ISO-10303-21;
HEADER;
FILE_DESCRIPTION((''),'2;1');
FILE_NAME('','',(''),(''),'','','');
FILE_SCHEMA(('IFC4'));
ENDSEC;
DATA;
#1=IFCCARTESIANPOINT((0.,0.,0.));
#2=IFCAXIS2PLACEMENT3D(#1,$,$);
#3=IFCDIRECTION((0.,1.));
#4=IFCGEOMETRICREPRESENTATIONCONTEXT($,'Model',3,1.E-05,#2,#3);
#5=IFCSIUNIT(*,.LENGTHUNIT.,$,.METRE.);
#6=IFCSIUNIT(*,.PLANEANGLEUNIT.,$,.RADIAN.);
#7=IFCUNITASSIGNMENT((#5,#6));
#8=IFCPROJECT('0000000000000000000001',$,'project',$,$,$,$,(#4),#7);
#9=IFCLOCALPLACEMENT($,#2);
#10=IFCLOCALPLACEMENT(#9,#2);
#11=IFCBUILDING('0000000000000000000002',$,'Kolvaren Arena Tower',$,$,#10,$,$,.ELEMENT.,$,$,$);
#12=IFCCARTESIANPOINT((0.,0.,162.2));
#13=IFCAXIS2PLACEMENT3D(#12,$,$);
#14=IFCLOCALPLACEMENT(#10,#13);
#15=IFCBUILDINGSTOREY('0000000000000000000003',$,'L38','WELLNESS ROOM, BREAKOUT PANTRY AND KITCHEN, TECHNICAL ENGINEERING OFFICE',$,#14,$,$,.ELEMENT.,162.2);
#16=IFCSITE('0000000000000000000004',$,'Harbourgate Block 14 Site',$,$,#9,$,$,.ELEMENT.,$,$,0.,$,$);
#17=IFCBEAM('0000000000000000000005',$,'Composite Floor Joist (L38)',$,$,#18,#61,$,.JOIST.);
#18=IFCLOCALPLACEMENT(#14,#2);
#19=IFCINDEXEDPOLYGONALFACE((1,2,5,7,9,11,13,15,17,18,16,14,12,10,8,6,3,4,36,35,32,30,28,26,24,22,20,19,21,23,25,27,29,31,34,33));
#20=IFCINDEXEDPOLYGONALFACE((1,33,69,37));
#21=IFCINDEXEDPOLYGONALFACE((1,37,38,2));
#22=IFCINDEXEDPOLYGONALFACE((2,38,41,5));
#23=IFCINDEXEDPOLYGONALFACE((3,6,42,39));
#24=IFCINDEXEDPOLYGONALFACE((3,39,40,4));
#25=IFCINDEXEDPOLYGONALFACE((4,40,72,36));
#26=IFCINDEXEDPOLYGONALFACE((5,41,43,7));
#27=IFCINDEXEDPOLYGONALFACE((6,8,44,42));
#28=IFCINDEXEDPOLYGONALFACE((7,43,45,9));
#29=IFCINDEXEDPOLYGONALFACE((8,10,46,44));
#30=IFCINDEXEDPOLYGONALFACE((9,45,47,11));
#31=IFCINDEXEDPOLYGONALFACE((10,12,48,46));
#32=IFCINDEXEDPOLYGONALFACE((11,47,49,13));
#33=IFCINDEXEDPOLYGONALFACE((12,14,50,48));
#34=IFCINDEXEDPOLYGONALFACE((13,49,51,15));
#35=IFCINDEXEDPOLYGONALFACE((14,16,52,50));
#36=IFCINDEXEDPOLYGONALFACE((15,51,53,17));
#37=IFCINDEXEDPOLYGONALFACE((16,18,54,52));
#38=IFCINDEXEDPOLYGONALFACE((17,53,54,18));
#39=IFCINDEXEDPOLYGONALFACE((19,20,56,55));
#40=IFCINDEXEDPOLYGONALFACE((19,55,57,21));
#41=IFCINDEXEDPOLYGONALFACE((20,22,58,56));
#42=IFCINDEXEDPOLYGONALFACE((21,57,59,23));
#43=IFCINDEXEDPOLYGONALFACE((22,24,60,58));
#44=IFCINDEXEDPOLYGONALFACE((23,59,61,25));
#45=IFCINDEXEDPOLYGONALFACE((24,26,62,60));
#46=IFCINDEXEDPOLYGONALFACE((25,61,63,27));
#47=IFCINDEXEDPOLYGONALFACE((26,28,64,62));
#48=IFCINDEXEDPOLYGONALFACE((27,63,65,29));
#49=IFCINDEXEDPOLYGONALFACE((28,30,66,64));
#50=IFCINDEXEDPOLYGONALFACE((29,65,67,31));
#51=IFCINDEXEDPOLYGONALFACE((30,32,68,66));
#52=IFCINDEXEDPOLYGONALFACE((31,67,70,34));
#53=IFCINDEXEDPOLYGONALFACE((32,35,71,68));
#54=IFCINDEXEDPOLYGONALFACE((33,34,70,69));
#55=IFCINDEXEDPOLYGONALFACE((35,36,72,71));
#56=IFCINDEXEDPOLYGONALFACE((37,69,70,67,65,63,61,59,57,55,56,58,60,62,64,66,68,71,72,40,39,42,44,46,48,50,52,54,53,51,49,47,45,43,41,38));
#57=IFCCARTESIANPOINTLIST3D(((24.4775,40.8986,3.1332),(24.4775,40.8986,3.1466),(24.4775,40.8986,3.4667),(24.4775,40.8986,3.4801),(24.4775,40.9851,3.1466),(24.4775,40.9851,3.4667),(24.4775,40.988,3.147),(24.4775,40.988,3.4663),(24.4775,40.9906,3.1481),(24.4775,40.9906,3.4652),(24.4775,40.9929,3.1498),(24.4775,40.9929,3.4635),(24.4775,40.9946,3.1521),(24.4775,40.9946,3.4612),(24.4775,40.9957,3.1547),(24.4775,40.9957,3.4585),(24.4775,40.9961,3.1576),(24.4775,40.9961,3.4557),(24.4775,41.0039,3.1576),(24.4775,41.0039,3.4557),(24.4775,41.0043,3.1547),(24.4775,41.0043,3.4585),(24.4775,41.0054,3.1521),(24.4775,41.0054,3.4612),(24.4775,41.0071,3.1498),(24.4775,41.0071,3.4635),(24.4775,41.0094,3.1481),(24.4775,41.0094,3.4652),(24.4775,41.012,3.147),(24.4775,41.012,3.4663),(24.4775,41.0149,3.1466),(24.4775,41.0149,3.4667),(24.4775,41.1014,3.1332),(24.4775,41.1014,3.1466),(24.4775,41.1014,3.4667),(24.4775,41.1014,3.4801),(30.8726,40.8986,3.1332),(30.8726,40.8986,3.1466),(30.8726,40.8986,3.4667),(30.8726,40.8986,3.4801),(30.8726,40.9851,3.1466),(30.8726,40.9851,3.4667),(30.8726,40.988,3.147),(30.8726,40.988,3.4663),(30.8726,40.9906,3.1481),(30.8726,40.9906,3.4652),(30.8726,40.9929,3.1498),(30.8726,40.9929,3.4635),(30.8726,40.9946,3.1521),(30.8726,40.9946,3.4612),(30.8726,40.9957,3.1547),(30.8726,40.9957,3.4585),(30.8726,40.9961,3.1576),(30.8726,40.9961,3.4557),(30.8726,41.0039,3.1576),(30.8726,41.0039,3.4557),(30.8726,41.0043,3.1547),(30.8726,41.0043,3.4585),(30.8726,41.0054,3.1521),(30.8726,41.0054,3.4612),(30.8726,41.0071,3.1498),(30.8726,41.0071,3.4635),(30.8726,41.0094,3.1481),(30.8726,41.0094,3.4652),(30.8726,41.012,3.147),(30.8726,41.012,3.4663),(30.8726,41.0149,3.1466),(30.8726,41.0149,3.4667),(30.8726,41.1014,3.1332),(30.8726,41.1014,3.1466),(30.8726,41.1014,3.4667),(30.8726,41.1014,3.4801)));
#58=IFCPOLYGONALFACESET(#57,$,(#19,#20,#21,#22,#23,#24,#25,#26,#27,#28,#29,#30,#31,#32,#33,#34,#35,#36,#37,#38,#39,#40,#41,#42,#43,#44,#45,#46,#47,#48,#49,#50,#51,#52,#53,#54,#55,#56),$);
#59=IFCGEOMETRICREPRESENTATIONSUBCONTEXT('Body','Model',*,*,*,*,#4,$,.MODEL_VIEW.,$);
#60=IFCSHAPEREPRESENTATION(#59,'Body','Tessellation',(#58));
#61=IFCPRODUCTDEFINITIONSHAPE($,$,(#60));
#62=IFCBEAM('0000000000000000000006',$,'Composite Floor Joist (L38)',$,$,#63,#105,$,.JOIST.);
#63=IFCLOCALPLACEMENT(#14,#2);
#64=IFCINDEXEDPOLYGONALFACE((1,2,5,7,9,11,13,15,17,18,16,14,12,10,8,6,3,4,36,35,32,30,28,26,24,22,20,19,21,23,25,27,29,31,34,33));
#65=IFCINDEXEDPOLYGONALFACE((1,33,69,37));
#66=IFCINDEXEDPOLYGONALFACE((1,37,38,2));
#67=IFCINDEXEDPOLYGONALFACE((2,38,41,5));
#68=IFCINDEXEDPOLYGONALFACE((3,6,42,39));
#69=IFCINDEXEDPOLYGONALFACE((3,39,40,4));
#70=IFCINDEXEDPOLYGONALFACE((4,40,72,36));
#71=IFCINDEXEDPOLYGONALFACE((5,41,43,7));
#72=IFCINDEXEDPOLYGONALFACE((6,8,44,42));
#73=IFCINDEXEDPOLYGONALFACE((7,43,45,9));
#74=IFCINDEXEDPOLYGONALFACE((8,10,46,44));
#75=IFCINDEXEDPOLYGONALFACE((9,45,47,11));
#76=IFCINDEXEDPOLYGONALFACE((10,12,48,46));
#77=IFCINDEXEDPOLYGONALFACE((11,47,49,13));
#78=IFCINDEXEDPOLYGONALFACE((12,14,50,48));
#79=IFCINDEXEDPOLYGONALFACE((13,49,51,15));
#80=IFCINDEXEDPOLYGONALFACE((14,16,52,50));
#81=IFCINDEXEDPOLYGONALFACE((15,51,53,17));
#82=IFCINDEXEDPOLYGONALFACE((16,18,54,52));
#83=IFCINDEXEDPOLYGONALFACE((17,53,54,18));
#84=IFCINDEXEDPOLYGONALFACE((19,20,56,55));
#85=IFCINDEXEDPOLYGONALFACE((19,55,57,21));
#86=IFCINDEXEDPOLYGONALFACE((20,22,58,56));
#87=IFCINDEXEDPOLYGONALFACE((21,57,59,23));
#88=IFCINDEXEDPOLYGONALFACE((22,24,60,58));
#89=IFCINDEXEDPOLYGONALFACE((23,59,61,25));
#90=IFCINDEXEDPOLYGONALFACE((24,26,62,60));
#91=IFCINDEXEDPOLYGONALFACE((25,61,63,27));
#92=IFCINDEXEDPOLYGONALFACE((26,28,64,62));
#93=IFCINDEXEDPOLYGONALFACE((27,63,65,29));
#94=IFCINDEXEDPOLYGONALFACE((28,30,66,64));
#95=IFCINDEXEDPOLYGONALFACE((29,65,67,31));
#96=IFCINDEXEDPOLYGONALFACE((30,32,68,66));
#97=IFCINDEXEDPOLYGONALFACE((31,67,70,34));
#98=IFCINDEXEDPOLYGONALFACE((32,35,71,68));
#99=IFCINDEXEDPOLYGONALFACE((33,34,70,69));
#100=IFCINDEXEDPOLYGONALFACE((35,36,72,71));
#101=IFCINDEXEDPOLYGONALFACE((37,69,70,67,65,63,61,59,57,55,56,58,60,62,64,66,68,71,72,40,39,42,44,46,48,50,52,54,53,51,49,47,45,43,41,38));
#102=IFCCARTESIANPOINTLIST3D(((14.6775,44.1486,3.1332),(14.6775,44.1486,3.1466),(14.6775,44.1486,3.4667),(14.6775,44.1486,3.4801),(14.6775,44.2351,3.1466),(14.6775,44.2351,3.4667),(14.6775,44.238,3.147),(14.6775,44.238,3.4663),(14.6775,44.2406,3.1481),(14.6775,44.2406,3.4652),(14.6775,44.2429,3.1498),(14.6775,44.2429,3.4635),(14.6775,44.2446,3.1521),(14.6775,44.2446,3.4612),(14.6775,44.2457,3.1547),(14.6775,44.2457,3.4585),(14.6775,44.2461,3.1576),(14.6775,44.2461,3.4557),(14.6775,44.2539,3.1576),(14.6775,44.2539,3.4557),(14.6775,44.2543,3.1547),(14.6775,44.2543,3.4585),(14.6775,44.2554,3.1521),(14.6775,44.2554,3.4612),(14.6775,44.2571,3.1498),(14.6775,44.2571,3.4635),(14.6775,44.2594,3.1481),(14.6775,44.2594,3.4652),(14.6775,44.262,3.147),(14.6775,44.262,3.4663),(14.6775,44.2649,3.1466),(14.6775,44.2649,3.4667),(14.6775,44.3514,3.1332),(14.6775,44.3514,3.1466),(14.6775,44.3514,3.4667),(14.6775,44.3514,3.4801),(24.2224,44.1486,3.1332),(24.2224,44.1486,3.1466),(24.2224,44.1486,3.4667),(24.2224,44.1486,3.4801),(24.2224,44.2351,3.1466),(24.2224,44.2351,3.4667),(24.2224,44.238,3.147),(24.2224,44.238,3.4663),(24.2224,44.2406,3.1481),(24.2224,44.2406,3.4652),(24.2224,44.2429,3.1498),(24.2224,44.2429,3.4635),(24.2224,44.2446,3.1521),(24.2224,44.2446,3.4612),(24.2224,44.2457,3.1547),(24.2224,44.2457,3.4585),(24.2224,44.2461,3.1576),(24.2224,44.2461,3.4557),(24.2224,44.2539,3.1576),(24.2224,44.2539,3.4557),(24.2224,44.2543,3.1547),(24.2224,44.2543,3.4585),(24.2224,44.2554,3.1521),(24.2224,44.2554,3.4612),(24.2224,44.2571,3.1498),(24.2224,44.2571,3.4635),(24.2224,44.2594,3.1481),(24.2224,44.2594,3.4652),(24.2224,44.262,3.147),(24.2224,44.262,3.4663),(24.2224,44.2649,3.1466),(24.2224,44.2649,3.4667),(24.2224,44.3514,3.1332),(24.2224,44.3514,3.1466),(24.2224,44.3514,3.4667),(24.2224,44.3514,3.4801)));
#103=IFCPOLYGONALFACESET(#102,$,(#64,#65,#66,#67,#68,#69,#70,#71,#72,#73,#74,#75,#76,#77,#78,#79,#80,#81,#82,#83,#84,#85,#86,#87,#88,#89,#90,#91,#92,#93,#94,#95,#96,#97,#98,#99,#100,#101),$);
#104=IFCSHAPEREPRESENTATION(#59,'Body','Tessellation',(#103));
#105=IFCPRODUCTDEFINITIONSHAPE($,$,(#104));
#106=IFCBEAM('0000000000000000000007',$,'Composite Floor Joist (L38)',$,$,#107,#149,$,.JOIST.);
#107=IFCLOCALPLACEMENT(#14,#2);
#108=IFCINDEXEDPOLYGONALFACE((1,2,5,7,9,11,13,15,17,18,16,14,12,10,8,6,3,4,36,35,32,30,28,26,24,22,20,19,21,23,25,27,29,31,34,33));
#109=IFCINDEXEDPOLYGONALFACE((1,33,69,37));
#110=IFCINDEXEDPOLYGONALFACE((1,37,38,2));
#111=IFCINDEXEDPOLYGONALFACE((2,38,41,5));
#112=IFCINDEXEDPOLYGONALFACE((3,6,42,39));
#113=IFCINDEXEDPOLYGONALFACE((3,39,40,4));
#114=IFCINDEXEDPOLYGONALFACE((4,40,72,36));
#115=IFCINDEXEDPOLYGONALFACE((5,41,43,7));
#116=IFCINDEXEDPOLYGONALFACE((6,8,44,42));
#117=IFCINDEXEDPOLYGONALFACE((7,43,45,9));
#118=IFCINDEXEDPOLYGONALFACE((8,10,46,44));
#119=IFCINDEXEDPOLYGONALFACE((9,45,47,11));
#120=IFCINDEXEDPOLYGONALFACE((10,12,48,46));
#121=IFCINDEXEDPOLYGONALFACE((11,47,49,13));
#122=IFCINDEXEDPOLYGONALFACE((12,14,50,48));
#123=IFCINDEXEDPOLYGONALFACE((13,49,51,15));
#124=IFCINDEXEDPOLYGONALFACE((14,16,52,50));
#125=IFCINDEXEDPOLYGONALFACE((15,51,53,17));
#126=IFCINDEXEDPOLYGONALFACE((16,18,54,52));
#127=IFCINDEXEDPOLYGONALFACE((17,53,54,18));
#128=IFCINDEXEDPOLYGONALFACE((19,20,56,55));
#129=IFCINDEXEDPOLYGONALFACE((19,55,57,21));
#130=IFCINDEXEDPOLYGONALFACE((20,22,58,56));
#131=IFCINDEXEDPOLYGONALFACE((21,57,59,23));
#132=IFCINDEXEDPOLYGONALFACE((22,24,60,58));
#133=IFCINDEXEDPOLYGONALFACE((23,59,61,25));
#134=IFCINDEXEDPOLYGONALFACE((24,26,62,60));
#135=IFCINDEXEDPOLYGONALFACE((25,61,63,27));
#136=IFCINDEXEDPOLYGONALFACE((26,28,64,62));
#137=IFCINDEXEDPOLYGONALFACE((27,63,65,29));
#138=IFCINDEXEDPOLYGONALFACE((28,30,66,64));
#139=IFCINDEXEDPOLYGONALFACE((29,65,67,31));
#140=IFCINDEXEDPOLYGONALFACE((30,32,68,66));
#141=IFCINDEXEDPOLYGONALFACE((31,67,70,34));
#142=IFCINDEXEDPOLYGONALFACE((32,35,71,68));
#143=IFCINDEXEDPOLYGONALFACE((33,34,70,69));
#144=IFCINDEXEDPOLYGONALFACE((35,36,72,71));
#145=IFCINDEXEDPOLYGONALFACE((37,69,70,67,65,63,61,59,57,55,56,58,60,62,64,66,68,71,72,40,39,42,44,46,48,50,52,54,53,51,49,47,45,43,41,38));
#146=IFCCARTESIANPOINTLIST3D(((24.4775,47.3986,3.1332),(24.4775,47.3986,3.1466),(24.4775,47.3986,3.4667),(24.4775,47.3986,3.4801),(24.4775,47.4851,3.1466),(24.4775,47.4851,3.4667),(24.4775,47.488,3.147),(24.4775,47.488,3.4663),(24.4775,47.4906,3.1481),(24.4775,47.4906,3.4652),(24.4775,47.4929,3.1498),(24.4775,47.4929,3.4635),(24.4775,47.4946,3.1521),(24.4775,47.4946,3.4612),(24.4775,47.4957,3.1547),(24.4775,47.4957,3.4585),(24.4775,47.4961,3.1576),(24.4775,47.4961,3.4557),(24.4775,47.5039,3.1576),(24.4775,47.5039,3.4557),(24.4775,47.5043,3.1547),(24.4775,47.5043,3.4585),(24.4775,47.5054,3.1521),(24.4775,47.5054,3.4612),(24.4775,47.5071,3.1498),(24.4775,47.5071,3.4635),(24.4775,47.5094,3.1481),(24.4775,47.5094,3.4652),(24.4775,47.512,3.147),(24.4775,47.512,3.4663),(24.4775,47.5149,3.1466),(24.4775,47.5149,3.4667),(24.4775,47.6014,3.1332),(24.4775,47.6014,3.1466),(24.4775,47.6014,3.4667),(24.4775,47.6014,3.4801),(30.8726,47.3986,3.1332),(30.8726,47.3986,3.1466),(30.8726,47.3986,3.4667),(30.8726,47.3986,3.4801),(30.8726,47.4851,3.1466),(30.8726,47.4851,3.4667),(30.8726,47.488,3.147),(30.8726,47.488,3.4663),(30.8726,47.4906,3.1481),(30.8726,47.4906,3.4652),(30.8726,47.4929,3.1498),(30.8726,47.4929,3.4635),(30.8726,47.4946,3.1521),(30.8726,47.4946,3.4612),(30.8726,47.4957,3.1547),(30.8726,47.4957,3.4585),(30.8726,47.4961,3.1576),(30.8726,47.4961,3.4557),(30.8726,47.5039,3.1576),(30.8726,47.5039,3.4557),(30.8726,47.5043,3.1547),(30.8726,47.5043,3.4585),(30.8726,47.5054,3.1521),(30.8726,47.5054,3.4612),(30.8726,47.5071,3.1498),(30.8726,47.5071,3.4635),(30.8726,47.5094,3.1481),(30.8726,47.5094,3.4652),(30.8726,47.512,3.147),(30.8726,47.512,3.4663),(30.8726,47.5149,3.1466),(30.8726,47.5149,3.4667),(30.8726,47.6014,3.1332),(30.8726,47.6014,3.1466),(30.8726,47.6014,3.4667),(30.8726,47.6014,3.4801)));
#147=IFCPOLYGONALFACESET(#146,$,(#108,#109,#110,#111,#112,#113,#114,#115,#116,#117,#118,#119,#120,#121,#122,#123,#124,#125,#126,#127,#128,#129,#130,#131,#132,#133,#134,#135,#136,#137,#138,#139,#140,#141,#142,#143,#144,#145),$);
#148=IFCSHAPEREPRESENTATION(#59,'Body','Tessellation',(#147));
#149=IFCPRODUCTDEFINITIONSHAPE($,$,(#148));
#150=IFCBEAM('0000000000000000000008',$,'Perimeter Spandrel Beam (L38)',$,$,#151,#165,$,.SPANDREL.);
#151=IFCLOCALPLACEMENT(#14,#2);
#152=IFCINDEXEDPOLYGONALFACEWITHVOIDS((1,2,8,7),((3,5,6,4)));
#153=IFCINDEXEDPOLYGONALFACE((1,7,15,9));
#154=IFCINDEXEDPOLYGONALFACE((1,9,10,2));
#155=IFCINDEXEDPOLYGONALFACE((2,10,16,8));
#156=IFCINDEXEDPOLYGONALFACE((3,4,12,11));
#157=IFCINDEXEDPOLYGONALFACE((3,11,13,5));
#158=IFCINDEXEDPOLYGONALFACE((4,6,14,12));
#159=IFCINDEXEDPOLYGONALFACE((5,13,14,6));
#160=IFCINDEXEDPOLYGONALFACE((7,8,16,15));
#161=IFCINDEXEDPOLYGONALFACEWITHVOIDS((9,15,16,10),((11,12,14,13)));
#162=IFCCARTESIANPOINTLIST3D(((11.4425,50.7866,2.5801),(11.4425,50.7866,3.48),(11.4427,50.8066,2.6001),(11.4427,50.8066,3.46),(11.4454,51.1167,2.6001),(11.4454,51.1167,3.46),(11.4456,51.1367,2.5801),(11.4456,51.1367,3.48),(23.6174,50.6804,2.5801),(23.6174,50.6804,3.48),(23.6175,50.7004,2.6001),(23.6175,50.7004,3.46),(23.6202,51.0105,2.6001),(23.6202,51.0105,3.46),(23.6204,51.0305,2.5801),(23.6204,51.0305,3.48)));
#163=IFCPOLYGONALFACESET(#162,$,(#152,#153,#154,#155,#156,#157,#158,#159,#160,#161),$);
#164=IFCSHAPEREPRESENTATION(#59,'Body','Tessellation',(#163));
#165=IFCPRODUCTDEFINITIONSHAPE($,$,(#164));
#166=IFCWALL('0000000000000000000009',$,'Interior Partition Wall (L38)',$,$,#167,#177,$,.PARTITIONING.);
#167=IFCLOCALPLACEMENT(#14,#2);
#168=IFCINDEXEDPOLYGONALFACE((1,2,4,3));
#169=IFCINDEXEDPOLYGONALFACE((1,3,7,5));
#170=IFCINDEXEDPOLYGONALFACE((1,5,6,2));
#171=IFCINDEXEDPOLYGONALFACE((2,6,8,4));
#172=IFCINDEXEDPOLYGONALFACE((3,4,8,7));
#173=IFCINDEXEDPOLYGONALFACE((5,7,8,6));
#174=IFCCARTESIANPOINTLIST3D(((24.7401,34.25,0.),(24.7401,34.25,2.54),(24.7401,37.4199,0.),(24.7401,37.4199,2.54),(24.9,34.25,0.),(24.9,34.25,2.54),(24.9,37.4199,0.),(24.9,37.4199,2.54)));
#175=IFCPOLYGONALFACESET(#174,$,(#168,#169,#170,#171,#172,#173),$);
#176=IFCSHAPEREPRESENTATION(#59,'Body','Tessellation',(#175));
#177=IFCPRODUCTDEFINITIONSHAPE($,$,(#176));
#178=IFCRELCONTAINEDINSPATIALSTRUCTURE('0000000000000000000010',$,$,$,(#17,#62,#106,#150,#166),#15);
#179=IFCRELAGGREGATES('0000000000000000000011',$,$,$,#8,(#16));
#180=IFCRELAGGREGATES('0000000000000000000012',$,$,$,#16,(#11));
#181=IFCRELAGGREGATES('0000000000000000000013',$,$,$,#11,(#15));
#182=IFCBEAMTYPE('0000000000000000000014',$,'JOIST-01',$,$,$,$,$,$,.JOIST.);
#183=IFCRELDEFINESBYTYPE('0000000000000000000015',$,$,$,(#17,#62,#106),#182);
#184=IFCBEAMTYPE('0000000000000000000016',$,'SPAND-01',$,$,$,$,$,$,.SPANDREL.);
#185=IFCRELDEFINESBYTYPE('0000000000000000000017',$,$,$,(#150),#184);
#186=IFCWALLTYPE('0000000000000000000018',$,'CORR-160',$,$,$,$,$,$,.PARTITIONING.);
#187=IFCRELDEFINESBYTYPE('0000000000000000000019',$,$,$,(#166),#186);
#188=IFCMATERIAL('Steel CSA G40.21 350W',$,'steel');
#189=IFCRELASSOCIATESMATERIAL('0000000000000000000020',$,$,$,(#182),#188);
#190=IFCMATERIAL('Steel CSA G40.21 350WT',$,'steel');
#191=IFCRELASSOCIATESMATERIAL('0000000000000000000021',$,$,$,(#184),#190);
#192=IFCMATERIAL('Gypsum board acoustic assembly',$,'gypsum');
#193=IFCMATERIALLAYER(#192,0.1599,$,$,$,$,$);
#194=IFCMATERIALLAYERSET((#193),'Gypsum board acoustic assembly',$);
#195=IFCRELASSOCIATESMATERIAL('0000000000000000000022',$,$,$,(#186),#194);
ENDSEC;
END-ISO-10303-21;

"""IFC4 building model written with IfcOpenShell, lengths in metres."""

from ifc_helpers import new_model, si_unit, direction, frame, frame_2d, origin, origin_2d, place, context, subcontext, project, spatial, rectangle, hollow_rectangle, i_section, extrude, material, layer, layer_set, material_profile, profile_set, type_object, element, save


model = new_model("IFC4")

# Units and contexts
model_context = context("Model", 3, precision=1e-05, world=origin(), true_north=direction((0.0, 1.0)))
body_context = subcontext(model_context, "Body", "Model", "MODEL_VIEW")
ifc_project = project(units=[si_unit("LENGTHUNIT", "METRE"), si_unit("PLANEANGLEUNIT", "RADIAN")], contexts=[model_context])

# Site, building, storey
site_placement = place(None, origin())
site = spatial("IfcSite", under=ifc_project, at=site_placement, Name="Harbourgate Block 14 Site", CompositionType="ELEMENT", RefElevation=0.0)
building_placement = place(site_placement, origin())
building = spatial("IfcBuilding", under=site, at=building_placement, Name="Kolvaren Arena Tower", CompositionType="ELEMENT")
storey_placement = place(building_placement, frame((0.0, 0.0, 162.2)))
storey = spatial("IfcBuildingStorey", under=building, at=storey_placement, Name="L38", Description="WELLNESS ROOM, BREAKOUT PANTRY AND KITCHEN, TECHNICAL ENGINEERING OFFICE", CompositionType="ELEMENT", Elevation=162.2)

# Beams
ifc_material_1 = material(Name="Steel CSA G40.21 350W", Category="steel")
ifc_material_profile_1 = material_profile(ifc_material_1, i_section(OverallWidth=0.2029, OverallDepth=0.3469, WebThickness=0.0078, FlangeThickness=0.0134, FilletRadius=0.011, at=origin_2d()), Name="W360x64")
ifc_profile_set_1 = profile_set([ifc_material_profile_1], Name="Steel CSA G40.21 350W")
beam_type_1 = type_object("IfcBeamType", Name="JOIST-01", PredefinedType="JOIST", material=ifc_profile_set_1)
beam_1_placement = place(storey_placement, frame((24.4775, 41.0, 3.3066), z_axis=(1.0, 0.0, 0.0), x_axis=(0.0, 1.0, 0.0)))
element("IfcBeam", 1, at=beam_1_placement, inside=storey, type_object=beam_type_1, Name="Composite Floor Joist (L38)", PredefinedType="JOIST", context=body_context, shape_type="SweptSolid", body=[
    extrude(i_section(OverallWidth=0.2029, OverallDepth=0.3469, WebThickness=0.0078, FlangeThickness=0.0134, FilletRadius=0.011, at=origin_2d()), origin(), (0.0, 0.0, 1.0), 6.395),
])
beam_2_placement = place(storey_placement, frame((14.6775, 44.25, 3.3066), z_axis=(1.0, 0.0, 0.0), x_axis=(0.0, 1.0, 0.0)))
element("IfcBeam", 2, at=beam_2_placement, inside=storey, type_object=beam_type_1, Name="Composite Floor Joist (L38)", PredefinedType="JOIST", context=body_context, shape_type="SweptSolid", body=[
    extrude(i_section(OverallWidth=0.2029, OverallDepth=0.3469, WebThickness=0.0078, FlangeThickness=0.0134, FilletRadius=0.011, at=origin_2d()), origin(), (0.0, 0.0, 1.0), 9.5449),
])
beam_3_placement = place(storey_placement, frame((24.4775, 47.5, 3.3066), z_axis=(1.0, 0.0, 0.0), x_axis=(0.0, 1.0, 0.0)))
element("IfcBeam", 3, at=beam_3_placement, inside=storey, type_object=beam_type_1, Name="Composite Floor Joist (L38)", PredefinedType="JOIST", context=body_context, shape_type="SweptSolid", body=[
    extrude(i_section(OverallWidth=0.2029, OverallDepth=0.3469, WebThickness=0.0078, FlangeThickness=0.0134, FilletRadius=0.011, at=origin_2d()), origin(), (0.0, 0.0, 1.0), 6.395),
])
ifc_material_2 = material(Name="Steel CSA G40.21 350WT", Category="steel")
ifc_material_profile_2 = material_profile(ifc_material_2, hollow_rectangle(XDim=0.3501, YDim=0.8999, WallThickness=0.02, at=origin_2d()), Name="HSS 900x350x20")
ifc_profile_set_2 = profile_set([ifc_material_profile_2], Name="Steel CSA G40.21 350WT")
beam_type_2 = type_object("IfcBeamType", Name="SPAND-01", PredefinedType="SPANDREL", material=ifc_profile_set_2)
beam_4_placement = place(storey_placement, frame((23.6189, 50.8555, 3.03), z_axis=(-0.999962, 0.008723, 0.0), x_axis=(-0.008723, -0.999962, 0.0)))
element("IfcBeam", 4, at=beam_4_placement, inside=storey, type_object=beam_type_2, Name="Perimeter Spandrel Beam (L38)", PredefinedType="SPANDREL", context=body_context, shape_type="SweptSolid", body=[
    extrude(hollow_rectangle(XDim=0.3501, YDim=0.8999, WallThickness=0.02, at=origin_2d()), origin(), (0.0, 0.0, 1.0), 12.1753),
])

# Wall
ifc_material_3 = material(Name="Gypsum board acoustic assembly", Category="gypsum")
ifc_layer_1 = layer(ifc_material_3, 0.1599)
ifc_layer_set_1 = layer_set([ifc_layer_1], Name="Gypsum board acoustic assembly")
wall_type_1 = type_object("IfcWallType", Name="CORR-160", PredefinedType="PARTITIONING", material=ifc_layer_set_1)
wall_1_placement = place(storey_placement, frame((24.8201, 34.25, 0.0), z_axis=(0.0, 0.0, 1.0), x_axis=(0.0, 1.0, 0.0)))
element("IfcWall", 5, at=wall_1_placement, inside=storey, type_object=wall_type_1, Name="Interior Partition Wall (L38)", PredefinedType="PARTITIONING", context=body_context, shape_type="SweptSolid", body=[
    extrude(rectangle(XDim=3.1699, YDim=0.1599, at=frame_2d((1.585, 0.0))), origin(), (0.0, 0.0, 1.0), 2.54),
])

save(model, "model.ifc")
